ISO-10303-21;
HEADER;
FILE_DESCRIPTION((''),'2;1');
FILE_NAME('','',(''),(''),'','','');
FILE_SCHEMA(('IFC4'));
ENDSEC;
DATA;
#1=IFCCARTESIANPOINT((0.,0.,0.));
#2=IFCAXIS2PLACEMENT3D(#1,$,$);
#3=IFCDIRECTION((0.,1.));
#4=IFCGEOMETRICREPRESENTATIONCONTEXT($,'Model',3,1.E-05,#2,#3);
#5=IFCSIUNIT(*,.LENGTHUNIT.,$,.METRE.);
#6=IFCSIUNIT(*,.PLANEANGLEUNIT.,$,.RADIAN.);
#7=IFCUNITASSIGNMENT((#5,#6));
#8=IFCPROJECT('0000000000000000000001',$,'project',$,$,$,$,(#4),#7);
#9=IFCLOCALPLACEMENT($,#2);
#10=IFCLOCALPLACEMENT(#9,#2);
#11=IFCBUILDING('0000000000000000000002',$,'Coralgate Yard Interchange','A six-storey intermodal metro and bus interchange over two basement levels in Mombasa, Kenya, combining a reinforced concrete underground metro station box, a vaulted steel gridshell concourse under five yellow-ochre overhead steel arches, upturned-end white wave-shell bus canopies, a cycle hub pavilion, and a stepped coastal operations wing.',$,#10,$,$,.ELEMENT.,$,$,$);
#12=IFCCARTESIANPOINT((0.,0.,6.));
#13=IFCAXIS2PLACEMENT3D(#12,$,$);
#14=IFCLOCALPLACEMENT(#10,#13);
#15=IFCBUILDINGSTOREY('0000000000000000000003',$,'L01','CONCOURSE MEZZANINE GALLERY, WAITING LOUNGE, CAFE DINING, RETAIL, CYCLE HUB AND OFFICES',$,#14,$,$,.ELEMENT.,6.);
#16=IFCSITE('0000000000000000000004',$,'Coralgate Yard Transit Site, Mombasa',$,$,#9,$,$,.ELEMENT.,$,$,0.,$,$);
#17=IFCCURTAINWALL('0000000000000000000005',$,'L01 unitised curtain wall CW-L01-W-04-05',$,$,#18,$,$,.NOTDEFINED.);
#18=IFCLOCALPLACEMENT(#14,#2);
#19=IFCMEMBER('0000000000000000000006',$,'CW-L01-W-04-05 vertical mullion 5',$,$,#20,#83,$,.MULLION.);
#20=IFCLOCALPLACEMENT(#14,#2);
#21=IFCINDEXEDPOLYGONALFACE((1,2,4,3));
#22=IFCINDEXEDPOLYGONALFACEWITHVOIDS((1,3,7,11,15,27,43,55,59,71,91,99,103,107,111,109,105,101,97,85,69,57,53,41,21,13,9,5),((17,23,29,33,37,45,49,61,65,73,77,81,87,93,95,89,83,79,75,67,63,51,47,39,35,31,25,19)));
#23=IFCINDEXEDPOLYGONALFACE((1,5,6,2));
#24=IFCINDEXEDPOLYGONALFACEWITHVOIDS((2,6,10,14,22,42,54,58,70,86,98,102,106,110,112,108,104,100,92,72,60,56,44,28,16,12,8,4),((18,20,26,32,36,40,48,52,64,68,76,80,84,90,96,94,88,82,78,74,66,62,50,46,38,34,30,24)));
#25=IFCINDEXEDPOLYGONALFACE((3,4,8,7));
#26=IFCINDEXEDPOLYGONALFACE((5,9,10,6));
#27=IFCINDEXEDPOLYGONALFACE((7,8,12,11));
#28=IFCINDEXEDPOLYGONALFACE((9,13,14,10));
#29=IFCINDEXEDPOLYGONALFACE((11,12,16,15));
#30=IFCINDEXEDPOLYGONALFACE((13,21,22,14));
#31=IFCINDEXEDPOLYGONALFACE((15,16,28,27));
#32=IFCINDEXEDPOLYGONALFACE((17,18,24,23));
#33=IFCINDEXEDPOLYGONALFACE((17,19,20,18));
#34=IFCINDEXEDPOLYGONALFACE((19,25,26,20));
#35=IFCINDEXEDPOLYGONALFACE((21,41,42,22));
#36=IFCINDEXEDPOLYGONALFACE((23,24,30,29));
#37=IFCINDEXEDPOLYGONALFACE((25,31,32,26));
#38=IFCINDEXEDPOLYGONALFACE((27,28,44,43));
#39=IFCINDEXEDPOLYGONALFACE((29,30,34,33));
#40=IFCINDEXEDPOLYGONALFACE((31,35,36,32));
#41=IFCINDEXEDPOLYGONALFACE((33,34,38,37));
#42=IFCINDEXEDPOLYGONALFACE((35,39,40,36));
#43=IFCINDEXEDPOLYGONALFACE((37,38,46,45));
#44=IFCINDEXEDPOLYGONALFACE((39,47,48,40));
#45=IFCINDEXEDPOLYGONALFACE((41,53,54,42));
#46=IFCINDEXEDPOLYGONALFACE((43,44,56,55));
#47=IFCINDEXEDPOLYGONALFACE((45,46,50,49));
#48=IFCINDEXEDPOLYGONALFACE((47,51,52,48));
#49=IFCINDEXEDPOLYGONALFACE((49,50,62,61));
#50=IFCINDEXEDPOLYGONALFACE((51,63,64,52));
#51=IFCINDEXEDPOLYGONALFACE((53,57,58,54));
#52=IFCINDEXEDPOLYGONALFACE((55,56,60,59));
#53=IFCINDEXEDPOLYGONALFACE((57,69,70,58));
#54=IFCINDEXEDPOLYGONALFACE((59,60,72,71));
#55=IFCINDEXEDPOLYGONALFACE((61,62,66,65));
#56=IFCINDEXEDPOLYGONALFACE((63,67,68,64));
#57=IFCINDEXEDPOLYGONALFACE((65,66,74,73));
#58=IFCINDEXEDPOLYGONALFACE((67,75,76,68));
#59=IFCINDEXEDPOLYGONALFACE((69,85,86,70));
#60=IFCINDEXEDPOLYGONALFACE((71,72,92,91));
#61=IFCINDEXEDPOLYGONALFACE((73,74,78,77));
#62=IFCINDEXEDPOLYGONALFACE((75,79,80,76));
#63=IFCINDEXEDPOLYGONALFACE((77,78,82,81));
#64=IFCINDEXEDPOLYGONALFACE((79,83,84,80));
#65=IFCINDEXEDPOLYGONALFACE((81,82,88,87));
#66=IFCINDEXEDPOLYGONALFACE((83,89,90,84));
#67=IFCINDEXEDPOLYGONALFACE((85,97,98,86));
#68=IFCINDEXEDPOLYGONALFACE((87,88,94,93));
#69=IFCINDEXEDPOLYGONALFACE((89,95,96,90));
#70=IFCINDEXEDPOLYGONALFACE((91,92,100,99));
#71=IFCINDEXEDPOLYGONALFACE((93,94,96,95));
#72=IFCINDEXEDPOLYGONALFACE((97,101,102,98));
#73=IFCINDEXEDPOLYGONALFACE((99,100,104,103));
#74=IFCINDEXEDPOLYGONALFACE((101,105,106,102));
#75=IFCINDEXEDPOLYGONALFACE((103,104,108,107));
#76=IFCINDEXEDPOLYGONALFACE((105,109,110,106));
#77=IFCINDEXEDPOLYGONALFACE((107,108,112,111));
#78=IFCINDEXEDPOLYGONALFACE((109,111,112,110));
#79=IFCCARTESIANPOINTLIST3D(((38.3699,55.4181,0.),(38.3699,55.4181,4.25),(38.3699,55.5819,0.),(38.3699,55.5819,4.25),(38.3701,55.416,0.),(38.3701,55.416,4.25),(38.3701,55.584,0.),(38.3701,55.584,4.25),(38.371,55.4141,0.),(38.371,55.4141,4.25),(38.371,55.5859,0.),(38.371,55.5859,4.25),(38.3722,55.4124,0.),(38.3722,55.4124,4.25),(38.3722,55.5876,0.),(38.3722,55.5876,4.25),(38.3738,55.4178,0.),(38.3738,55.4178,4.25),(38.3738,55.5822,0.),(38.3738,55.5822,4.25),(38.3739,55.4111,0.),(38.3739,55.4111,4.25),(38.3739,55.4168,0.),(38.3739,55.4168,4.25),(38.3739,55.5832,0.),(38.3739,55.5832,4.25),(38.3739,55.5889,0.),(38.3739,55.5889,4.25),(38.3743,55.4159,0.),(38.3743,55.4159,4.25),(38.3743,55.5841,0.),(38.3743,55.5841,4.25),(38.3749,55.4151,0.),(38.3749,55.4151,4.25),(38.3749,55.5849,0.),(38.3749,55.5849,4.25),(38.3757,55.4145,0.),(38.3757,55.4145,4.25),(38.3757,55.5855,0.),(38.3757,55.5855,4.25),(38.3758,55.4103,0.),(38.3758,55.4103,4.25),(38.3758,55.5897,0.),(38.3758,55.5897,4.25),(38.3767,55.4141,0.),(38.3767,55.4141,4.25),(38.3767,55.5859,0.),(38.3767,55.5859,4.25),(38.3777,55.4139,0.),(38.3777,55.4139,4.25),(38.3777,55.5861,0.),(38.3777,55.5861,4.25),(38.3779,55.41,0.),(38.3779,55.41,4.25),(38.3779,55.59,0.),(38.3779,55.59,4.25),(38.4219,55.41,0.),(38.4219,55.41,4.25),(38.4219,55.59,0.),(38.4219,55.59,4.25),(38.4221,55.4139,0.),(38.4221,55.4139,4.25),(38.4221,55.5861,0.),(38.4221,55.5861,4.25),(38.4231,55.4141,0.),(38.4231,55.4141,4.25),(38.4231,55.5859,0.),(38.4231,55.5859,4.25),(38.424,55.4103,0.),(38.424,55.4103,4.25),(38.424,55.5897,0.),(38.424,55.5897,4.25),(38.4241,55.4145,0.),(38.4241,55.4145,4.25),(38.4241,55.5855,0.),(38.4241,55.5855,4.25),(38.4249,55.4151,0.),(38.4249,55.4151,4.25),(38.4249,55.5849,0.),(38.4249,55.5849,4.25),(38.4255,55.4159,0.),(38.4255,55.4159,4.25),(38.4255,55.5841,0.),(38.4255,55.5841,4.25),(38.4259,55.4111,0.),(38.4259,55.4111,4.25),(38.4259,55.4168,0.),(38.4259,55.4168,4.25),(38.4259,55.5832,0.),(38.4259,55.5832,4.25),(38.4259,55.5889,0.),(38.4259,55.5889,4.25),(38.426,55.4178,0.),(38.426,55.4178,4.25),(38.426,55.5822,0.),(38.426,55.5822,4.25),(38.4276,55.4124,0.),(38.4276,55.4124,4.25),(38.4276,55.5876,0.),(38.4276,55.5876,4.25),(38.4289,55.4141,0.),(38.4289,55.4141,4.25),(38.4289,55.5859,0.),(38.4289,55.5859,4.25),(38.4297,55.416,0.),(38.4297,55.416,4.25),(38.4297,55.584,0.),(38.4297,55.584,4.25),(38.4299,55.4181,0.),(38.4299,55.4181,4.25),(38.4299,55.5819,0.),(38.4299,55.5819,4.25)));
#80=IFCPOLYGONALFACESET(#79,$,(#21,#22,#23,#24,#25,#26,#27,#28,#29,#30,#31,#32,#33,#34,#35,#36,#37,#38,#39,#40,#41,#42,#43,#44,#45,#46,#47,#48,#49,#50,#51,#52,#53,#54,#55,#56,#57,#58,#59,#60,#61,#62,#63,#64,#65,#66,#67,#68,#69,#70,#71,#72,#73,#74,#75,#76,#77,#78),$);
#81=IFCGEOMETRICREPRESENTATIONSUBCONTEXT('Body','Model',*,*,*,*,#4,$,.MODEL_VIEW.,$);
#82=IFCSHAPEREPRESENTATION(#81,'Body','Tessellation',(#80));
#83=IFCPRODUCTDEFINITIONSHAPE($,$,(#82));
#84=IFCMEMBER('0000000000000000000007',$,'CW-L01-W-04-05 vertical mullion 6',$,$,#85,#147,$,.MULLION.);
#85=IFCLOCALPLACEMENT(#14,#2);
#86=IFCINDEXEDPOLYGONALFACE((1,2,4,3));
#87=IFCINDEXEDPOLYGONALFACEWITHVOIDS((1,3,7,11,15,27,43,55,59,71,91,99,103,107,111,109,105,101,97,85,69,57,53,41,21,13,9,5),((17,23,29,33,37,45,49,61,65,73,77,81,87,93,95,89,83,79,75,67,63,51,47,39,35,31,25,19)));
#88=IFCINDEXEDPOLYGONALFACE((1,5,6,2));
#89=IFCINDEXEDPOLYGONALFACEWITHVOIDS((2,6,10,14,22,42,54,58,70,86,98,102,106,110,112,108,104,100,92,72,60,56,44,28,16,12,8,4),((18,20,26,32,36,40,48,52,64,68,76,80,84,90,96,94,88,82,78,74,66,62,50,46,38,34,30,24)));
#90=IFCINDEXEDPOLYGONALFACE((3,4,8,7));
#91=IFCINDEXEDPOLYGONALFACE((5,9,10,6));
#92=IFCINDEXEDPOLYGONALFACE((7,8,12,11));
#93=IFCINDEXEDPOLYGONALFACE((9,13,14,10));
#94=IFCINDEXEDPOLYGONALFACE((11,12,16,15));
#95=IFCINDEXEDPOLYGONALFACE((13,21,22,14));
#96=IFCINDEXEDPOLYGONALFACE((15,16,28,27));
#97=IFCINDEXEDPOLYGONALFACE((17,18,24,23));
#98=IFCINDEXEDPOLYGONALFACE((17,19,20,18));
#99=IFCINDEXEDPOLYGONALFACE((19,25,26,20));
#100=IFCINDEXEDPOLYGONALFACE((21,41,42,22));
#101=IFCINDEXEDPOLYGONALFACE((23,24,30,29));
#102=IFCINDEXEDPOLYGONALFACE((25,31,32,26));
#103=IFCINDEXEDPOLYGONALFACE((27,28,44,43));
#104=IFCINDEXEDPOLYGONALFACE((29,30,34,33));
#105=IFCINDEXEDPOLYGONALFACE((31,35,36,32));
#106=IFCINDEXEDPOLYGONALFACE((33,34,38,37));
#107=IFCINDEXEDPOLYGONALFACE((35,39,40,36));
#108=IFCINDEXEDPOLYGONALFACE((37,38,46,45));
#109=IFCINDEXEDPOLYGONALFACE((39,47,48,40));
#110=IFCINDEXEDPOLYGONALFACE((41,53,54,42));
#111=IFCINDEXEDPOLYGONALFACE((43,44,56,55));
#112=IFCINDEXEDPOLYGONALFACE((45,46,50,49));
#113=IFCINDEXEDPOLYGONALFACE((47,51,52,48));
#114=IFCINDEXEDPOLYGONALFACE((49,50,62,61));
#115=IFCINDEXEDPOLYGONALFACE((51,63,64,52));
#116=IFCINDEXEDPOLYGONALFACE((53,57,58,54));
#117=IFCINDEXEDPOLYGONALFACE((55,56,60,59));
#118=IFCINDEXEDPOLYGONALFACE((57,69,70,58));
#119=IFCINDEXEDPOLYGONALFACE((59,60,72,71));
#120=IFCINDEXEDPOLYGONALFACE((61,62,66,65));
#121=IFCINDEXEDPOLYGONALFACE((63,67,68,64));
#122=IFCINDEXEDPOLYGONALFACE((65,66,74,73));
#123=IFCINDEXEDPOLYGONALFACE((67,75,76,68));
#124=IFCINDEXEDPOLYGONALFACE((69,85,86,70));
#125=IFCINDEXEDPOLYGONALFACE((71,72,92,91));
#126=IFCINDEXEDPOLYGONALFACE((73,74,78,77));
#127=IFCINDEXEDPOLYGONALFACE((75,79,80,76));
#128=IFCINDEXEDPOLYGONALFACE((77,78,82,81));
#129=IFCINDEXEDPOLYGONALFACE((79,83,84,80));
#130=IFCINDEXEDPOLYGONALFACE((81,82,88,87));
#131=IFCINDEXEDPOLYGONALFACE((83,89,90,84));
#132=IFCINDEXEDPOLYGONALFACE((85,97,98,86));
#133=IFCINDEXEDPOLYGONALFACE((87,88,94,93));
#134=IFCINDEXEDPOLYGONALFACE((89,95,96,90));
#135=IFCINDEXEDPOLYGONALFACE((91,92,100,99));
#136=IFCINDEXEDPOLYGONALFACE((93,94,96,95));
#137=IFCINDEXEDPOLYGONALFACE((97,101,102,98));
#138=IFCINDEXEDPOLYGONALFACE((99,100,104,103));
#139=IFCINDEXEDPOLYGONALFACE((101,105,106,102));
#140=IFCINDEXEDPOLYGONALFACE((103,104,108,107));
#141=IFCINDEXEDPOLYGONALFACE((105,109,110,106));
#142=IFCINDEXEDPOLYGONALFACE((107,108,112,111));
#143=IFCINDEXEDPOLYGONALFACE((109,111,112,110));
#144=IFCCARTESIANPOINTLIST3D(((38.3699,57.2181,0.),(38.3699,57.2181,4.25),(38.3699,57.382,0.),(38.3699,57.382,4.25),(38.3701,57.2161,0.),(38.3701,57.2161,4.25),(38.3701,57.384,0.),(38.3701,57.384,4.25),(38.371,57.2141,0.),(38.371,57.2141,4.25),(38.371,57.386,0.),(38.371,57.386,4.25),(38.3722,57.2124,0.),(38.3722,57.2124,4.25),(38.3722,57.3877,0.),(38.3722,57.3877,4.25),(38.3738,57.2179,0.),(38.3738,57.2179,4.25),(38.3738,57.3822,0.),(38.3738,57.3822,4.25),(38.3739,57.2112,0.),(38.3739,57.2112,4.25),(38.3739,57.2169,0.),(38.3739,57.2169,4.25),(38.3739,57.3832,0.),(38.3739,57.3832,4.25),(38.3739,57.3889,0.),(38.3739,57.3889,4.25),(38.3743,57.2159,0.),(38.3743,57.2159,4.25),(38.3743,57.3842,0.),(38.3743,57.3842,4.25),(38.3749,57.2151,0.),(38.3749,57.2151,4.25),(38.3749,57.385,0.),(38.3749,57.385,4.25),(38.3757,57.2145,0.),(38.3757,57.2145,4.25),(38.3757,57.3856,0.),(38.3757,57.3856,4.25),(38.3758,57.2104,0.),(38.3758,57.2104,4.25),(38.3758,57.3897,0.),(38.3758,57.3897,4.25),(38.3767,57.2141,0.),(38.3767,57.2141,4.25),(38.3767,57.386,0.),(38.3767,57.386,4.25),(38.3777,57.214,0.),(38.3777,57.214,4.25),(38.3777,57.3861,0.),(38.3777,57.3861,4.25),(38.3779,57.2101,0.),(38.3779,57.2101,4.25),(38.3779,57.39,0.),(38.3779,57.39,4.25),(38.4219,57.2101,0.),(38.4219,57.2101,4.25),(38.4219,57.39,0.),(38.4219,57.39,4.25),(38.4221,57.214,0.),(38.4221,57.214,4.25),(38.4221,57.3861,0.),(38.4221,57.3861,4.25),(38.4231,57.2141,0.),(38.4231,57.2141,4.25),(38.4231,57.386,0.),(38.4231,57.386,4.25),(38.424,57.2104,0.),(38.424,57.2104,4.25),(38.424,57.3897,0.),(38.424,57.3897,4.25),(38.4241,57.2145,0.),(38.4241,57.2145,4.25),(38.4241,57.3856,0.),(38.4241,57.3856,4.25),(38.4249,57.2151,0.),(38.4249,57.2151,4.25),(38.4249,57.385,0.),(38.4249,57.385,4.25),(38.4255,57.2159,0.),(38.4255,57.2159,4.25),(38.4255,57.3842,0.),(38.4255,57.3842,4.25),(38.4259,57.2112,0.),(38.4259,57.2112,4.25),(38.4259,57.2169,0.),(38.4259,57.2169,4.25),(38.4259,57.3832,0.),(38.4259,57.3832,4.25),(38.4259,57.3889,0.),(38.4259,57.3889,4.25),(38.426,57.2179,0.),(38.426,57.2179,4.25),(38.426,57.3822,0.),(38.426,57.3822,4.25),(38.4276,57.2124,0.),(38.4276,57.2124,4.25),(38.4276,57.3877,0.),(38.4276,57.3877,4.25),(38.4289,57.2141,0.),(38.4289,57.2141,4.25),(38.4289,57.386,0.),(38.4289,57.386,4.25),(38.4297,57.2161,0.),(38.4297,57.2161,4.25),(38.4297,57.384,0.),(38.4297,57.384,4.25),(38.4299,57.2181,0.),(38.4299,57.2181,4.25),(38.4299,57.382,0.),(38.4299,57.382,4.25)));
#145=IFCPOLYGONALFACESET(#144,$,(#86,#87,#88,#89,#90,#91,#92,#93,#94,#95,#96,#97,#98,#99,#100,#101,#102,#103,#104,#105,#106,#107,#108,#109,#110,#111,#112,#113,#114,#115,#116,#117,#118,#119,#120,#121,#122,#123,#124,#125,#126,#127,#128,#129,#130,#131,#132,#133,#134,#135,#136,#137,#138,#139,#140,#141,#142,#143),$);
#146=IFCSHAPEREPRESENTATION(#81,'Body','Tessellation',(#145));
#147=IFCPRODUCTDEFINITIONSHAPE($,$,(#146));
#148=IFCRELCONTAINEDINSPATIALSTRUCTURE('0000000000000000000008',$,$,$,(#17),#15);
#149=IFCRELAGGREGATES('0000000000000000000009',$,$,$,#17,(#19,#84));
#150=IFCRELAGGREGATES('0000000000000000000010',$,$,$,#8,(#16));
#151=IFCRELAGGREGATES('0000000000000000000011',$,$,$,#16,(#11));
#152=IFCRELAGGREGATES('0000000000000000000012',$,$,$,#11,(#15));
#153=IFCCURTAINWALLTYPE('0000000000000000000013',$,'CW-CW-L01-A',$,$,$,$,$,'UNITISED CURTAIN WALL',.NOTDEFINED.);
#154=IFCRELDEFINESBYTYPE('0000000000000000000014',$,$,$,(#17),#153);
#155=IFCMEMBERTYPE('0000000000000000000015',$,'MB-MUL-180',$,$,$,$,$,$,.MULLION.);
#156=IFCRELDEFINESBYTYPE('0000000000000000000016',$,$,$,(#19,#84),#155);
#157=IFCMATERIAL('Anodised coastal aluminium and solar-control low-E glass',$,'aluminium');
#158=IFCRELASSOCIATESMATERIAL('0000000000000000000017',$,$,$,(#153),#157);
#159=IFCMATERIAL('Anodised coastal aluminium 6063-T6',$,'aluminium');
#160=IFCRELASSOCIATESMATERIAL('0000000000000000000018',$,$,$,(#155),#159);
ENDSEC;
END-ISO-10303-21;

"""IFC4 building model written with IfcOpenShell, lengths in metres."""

from ifc_helpers import new_model, si_unit, direction, frame, origin, origin_2d, place, context, subcontext, project, spatial, hollow_rectangle, extrude, material, material_profile, profile_set, type_object, element, aggregate, save


model = new_model("IFC4")

# Units and contexts
model_context = context("Model", 3, precision=1e-05, world=origin(), true_north=direction((0.0, 1.0)))
body_context = subcontext(model_context, "Body", "Model", "MODEL_VIEW")
ifc_project = project(units=[si_unit("LENGTHUNIT", "METRE"), si_unit("PLANEANGLEUNIT", "RADIAN")], contexts=[model_context])

# Site, building, storey
site_placement = place(None, origin())
site = spatial("IfcSite", under=ifc_project, at=site_placement, Name="Coralgate Yard Transit Site, Mombasa", CompositionType="ELEMENT", RefElevation=0.0)
building_placement = place(site_placement, origin())
building = spatial("IfcBuilding", under=site, at=building_placement, Name="Coralgate Yard Interchange", Description="A six-storey intermodal metro and bus interchange over two basement levels in Mombasa, Kenya, combining a reinforced concrete underground metro station box, a vaulted steel gridshell concourse under five yellow-ochre overhead steel arches, upturned-end white wave-shell bus canopies, a cycle hub pavilion, and a stepped coastal operations wing.", CompositionType="ELEMENT")
storey_placement = place(building_placement, frame((0.0, 0.0, 6.0)))
storey = spatial("IfcBuildingStorey", under=building, at=storey_placement, Name="L01", Description="CONCOURSE MEZZANINE GALLERY, WAITING LOUNGE, CAFE DINING, RETAIL, CYCLE HUB AND OFFICES", CompositionType="ELEMENT", Elevation=6.0)

# Curtain wall, members
ifc_material_1 = material(Name="Anodised coastal aluminium and solar-control low-E glass", Category="aluminium")
curtain_wall_type_1 = type_object("IfcCurtainWallType", Name="CW-CW-L01-A", ElementType="UNITISED CURTAIN WALL", PredefinedType="NOTDEFINED", material=ifc_material_1)
curtain_wall_1_placement = place(storey_placement, origin())
curtain_wall_1 = element("IfcCurtainWall", 1, at=curtain_wall_1_placement, inside=storey, type_object=curtain_wall_type_1, Name="L01 unitised curtain wall CW-L01-W-04-05", PredefinedType="NOTDEFINED")
ifc_material_2 = material(Name="Anodised coastal aluminium 6063-T6", Category="aluminium")
ifc_material_profile_1 = material_profile(ifc_material_2, hollow_rectangle(XDim=0.0601, YDim=0.1799, WallThickness=0.0039, InnerFilletRadius=0.0039, OuterFilletRadius=0.0081, at=origin_2d()), Name="ALU 60x180x4")
ifc_profile_set_1 = profile_set([ifc_material_profile_1], Name="Anodised coastal aluminium 6063-T6")
member_type_1 = type_object("IfcMemberType", Name="MB-MUL-180", PredefinedType="MULLION", material=ifc_profile_set_1)
member_1_placement = place(storey_placement, frame((38.3999, 55.5, 0.0), z_axis=(0.0, 0.0, 1.0), x_axis=(1.0, 0.0, 0.0)))
member_1 = element("IfcMember", 2, at=member_1_placement, type_object=member_type_1, Name="CW-L01-W-04-05 vertical mullion 5", PredefinedType="MULLION", context=body_context, shape_type="SweptSolid", body=[
    extrude(hollow_rectangle(XDim=0.0601, YDim=0.1799, WallThickness=0.0039, InnerFilletRadius=0.0039, OuterFilletRadius=0.0081, at=origin_2d()), origin(), (0.0, 0.0, 1.0), 4.25),
])
member_2_placement = place(storey_placement, frame((38.3999, 57.3, 0.0), z_axis=(0.0, 0.0, 1.0), x_axis=(1.0, 0.0, 0.0)))
member_2 = element("IfcMember", 3, at=member_2_placement, type_object=member_type_1, Name="CW-L01-W-04-05 vertical mullion 6", PredefinedType="MULLION", context=body_context, shape_type="SweptSolid", body=[
    extrude(hollow_rectangle(XDim=0.0601, YDim=0.1799, WallThickness=0.0039, InnerFilletRadius=0.0039, OuterFilletRadius=0.0081, at=origin_2d()), origin(), (0.0, 0.0, 1.0), 4.25),
])

aggregate(curtain_wall_1, [member_1, member_2])

save(model, "model.ifc")
